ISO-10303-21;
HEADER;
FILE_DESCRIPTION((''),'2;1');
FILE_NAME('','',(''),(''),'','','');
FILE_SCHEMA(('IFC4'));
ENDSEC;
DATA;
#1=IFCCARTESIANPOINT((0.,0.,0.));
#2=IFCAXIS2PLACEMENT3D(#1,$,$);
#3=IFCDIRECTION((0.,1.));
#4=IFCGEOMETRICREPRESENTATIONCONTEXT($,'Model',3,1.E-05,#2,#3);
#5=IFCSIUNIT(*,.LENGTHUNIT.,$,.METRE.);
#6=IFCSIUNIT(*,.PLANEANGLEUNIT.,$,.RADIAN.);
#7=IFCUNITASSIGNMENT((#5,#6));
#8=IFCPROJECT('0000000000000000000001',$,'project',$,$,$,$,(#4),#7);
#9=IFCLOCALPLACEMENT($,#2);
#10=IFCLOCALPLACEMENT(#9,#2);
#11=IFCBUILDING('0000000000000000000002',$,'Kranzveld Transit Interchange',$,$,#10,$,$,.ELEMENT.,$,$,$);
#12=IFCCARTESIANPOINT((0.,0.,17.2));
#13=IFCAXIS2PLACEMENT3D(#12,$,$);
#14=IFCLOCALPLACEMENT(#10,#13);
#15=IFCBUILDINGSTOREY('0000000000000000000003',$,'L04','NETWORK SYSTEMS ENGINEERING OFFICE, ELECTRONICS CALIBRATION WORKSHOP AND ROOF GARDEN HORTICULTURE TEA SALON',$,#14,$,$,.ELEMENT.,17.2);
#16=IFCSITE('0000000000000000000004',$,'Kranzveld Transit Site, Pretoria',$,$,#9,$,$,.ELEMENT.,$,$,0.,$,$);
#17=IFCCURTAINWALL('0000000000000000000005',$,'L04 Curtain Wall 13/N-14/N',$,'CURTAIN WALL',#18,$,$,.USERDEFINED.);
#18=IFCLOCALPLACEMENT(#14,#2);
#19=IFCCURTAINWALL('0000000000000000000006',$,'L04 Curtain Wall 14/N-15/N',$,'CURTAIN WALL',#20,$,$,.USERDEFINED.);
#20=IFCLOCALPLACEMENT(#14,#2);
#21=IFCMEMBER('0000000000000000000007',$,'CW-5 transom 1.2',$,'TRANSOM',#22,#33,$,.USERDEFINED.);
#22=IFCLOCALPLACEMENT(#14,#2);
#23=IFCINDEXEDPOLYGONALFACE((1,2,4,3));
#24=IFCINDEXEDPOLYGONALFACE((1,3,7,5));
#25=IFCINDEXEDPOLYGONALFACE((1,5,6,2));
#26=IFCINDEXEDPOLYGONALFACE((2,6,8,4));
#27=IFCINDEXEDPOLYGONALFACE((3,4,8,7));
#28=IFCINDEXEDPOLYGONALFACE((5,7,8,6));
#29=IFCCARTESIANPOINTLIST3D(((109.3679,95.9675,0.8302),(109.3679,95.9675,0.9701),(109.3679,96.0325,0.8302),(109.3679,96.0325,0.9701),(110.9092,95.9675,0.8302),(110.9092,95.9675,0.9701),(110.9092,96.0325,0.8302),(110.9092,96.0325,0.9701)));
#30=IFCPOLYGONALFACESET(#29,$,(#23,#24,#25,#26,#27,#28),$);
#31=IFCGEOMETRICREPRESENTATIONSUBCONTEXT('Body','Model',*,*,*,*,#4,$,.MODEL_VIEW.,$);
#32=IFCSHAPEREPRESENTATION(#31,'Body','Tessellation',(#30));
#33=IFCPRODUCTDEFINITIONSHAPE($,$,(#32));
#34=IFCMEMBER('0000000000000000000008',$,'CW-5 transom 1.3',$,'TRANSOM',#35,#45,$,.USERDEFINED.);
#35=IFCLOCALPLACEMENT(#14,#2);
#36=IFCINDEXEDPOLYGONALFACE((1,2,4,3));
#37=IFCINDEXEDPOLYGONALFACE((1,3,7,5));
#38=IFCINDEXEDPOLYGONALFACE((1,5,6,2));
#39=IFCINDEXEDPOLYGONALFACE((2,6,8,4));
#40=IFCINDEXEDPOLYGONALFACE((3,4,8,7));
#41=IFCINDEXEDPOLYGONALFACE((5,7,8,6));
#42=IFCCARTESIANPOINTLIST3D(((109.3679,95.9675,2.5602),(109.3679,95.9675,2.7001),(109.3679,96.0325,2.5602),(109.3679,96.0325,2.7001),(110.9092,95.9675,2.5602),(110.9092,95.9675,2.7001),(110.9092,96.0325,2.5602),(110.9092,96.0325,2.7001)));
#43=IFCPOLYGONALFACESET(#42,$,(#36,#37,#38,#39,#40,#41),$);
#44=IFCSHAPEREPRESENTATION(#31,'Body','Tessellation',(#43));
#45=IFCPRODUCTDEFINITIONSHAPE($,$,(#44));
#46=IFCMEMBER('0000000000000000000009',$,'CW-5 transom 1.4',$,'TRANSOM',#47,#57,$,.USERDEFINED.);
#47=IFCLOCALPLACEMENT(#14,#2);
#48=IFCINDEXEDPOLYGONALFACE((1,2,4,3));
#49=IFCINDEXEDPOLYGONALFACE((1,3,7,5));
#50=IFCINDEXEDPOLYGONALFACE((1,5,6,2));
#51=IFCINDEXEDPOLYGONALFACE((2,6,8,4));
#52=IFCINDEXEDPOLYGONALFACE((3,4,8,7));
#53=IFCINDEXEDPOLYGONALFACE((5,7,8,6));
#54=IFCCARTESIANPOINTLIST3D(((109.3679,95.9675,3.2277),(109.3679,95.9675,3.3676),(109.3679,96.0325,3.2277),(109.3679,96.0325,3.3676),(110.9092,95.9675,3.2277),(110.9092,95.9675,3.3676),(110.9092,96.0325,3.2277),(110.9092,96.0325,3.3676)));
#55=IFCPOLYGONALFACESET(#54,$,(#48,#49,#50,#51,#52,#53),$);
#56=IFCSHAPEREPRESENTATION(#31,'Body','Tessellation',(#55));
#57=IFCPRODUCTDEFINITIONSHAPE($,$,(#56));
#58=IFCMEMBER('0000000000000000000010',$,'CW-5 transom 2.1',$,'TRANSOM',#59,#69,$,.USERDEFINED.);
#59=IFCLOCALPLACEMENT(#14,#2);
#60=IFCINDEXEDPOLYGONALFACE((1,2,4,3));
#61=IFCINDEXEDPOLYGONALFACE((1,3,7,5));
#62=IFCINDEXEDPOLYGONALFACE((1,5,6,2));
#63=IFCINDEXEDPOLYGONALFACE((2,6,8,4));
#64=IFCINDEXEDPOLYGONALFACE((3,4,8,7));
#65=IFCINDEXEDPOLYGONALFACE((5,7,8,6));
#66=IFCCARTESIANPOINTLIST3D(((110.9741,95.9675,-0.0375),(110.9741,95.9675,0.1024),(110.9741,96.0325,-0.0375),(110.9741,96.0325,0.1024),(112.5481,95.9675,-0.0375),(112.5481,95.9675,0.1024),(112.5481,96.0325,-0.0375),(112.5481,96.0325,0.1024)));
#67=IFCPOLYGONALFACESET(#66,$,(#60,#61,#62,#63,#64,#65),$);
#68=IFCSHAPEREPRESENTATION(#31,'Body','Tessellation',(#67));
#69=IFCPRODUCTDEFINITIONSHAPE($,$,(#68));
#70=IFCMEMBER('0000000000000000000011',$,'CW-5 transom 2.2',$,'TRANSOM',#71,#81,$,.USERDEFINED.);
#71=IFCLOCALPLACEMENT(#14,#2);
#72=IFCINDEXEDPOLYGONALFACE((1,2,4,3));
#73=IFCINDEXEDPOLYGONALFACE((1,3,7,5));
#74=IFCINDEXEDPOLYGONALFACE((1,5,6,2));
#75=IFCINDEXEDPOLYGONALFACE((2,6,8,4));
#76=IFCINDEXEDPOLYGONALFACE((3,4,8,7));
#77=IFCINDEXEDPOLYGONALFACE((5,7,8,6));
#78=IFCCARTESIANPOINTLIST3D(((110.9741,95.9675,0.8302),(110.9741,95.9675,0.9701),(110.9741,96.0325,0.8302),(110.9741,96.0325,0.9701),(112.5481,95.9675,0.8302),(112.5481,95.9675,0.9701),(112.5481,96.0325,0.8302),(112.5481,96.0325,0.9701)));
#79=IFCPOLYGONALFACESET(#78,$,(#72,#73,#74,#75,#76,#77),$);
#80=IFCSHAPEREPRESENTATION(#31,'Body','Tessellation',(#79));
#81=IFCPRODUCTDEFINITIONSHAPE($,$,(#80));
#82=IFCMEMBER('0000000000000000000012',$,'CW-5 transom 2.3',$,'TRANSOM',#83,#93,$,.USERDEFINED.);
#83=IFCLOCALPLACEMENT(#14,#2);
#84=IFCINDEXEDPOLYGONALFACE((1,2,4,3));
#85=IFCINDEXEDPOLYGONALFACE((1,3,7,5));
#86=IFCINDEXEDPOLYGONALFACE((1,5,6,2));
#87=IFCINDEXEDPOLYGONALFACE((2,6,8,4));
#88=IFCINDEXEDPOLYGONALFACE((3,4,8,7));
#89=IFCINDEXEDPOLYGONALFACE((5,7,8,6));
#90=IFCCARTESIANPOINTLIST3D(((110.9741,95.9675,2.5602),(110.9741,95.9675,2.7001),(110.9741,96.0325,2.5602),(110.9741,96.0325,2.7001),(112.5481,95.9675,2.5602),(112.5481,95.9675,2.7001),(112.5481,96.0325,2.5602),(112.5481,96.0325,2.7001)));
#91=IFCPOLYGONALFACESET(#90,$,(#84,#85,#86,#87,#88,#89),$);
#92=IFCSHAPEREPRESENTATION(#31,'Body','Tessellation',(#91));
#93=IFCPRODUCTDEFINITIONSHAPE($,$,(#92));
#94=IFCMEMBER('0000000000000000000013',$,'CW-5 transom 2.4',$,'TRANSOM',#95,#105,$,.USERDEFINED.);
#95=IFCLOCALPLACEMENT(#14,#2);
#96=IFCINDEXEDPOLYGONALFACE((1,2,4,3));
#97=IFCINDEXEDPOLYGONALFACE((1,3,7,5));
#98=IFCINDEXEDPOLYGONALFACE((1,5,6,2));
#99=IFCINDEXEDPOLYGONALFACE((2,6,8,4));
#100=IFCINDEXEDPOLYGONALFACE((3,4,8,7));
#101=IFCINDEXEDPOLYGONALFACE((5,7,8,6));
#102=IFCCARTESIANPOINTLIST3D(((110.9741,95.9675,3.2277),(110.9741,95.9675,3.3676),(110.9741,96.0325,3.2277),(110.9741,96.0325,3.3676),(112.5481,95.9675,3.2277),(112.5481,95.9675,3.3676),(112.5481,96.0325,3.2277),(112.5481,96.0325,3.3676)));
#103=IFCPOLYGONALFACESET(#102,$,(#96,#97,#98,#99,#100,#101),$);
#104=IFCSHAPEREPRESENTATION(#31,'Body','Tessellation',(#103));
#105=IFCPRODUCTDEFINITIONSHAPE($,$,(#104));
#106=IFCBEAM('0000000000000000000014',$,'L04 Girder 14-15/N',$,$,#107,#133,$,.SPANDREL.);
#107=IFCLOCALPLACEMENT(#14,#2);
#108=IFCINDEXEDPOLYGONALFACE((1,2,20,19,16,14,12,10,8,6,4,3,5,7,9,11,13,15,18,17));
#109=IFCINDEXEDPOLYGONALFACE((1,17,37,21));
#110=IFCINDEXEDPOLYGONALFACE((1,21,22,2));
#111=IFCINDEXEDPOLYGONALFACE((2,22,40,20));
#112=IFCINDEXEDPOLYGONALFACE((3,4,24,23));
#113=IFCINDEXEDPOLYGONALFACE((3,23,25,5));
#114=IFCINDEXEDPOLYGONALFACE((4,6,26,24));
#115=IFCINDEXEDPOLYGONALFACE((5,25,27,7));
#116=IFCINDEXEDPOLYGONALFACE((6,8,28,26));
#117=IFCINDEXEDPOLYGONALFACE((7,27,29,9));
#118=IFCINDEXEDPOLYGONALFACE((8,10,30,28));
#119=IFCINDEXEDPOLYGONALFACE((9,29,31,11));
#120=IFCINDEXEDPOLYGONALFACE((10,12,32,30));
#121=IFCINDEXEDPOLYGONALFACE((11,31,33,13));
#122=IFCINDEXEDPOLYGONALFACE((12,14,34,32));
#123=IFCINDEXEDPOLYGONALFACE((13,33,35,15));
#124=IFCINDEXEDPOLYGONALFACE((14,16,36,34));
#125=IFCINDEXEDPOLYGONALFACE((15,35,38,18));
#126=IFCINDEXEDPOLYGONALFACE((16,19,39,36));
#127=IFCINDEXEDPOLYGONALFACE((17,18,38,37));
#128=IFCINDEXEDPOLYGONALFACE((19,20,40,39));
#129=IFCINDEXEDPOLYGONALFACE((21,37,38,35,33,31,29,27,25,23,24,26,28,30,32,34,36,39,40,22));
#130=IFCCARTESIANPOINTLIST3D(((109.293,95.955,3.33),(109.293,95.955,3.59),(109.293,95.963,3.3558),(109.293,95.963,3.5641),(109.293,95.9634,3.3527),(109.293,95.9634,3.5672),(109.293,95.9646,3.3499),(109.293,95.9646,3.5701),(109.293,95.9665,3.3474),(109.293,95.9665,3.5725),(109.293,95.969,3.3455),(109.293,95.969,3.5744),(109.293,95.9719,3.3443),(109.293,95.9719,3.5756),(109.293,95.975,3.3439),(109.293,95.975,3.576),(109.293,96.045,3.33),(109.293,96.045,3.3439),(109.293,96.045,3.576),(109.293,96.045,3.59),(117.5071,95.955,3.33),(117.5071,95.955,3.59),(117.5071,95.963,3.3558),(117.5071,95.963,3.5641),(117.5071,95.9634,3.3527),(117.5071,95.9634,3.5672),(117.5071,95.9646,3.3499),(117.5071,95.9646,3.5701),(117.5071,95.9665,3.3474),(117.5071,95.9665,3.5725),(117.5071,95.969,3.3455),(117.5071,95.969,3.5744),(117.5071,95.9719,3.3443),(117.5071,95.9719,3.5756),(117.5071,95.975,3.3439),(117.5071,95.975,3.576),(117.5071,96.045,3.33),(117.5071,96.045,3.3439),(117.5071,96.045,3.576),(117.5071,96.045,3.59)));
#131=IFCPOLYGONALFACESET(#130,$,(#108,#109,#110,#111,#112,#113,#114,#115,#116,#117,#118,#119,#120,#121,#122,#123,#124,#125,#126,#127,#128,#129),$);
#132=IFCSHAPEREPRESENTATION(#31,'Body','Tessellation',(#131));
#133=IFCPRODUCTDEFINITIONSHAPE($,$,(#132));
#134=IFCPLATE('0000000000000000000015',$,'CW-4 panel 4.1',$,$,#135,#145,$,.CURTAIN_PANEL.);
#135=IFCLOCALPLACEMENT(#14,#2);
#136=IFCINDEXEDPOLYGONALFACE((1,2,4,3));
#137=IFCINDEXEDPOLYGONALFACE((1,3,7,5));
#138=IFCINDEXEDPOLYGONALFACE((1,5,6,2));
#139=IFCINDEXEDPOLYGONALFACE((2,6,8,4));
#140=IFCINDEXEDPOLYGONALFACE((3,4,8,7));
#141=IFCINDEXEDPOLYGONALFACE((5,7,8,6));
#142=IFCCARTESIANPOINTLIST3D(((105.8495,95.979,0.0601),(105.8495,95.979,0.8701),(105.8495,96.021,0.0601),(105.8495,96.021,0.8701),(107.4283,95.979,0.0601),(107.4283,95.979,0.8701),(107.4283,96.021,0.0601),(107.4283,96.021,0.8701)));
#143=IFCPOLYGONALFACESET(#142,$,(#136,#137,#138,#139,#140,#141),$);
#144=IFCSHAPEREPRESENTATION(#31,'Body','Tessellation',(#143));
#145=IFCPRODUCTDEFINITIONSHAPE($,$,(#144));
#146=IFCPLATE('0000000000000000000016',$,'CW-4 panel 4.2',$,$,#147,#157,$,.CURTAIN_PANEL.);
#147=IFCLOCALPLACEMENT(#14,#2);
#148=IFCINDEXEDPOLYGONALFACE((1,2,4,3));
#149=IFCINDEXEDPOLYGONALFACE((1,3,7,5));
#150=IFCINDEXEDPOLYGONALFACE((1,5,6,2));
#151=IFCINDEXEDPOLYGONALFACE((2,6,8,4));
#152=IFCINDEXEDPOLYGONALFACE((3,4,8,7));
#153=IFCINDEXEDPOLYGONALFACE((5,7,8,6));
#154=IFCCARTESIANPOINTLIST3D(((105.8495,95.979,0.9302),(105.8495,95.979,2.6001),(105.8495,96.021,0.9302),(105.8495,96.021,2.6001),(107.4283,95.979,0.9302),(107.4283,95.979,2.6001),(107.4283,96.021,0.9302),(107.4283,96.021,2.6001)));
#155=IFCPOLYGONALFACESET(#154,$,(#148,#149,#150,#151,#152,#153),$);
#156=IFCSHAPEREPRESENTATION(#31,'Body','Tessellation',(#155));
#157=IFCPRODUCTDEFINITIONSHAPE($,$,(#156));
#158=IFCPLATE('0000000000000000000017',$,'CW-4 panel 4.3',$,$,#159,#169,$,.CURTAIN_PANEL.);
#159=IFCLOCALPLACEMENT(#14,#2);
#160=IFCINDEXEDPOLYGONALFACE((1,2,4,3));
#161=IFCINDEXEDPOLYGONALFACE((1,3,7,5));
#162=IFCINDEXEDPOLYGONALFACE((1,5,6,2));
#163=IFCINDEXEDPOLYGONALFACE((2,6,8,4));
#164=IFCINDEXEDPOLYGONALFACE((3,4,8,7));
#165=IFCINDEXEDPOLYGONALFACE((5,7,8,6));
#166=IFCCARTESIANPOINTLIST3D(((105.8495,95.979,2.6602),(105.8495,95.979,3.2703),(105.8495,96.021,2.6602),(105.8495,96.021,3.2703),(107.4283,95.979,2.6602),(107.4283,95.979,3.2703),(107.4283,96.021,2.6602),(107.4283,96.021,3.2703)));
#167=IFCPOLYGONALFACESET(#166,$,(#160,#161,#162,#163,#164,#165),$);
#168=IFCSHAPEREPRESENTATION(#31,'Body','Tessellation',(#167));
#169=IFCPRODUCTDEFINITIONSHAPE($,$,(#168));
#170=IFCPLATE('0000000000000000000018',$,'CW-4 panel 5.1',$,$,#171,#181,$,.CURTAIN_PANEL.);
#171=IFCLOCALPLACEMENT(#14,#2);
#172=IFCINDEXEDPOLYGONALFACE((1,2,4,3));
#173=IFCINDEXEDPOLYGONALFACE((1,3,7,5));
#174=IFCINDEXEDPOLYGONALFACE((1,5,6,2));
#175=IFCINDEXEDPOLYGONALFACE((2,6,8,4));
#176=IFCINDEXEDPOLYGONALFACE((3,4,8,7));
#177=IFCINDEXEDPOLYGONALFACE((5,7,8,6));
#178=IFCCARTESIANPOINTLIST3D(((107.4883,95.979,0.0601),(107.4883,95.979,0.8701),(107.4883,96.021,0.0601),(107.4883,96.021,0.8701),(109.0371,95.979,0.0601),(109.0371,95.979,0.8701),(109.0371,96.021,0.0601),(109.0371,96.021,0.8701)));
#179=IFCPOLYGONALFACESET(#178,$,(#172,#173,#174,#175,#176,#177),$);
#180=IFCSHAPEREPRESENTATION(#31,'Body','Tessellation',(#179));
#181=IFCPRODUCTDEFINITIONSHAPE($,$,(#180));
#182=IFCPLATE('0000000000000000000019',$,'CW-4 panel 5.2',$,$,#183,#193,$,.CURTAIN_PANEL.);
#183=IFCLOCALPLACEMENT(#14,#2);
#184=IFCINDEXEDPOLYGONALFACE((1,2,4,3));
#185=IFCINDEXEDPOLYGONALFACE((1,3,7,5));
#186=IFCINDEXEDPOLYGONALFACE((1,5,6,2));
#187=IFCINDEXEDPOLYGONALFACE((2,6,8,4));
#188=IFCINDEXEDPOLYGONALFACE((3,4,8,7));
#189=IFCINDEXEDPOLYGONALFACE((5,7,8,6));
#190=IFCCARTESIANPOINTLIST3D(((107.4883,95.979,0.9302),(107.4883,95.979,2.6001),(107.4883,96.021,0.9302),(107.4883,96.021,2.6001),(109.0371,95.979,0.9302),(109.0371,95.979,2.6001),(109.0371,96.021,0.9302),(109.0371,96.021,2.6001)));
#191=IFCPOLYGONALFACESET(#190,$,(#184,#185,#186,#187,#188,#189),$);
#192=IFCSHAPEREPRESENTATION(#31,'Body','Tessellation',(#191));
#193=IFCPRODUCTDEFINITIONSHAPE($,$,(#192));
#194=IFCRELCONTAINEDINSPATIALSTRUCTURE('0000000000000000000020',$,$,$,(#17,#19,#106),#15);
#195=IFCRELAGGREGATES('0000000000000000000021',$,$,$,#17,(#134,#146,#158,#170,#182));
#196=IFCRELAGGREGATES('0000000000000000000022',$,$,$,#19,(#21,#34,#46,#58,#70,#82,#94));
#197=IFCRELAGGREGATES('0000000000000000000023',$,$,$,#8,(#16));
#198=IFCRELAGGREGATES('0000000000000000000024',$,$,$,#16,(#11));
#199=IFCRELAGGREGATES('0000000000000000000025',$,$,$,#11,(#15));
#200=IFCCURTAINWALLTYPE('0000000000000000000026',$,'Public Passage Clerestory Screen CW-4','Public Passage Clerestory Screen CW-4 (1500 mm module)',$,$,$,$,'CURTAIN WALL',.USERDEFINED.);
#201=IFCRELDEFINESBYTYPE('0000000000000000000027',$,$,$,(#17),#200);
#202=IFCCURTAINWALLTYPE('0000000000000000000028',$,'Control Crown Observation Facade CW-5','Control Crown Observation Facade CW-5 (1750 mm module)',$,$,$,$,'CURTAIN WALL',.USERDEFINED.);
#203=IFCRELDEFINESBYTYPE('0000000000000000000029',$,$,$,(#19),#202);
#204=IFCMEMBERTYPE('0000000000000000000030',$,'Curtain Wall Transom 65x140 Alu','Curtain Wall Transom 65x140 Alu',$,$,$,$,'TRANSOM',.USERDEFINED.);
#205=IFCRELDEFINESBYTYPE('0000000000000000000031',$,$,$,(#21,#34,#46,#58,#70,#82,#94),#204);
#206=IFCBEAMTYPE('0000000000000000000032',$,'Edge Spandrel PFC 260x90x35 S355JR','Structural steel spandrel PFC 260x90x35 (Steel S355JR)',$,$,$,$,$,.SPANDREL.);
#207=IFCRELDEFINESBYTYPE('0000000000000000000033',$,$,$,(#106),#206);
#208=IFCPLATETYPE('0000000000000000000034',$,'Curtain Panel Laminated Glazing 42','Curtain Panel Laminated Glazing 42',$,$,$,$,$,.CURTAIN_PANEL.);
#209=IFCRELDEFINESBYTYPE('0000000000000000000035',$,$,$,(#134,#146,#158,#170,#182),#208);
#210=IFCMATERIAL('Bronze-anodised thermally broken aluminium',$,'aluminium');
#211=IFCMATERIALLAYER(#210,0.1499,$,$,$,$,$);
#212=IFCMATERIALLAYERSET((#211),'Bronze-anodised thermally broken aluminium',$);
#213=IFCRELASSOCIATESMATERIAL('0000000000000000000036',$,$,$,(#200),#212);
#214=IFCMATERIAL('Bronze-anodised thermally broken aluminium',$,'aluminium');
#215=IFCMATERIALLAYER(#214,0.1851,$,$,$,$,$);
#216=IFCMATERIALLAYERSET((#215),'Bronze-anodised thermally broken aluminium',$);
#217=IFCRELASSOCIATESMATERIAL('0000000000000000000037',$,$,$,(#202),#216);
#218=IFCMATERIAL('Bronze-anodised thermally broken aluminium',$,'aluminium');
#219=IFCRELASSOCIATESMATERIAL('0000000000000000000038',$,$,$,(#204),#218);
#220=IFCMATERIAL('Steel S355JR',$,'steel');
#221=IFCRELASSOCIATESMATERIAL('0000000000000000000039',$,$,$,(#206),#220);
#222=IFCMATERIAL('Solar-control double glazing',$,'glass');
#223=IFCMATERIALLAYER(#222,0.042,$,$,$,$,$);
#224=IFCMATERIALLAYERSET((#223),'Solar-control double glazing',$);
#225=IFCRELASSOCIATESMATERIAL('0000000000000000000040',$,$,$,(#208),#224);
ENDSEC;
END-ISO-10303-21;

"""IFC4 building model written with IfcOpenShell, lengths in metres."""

from ifc_helpers import new_model, si_unit, direction, frame, origin, origin_2d, place, context, subcontext, project, spatial, rectangle, u_section, extrude, material, layer, layer_set, material_profile, profile_set, type_object, element, aggregate, save


model = new_model("IFC4")

# Units and contexts
model_context = context("Model", 3, precision=1e-05, world=origin(), true_north=direction((0.0, 1.0)))
body_context = subcontext(model_context, "Body", "Model", "MODEL_VIEW")
ifc_project = project(units=[si_unit("LENGTHUNIT", "METRE"), si_unit("PLANEANGLEUNIT", "RADIAN")], contexts=[model_context])

# Site, building, storey
site_placement = place(None, origin())
site = spatial("IfcSite", under=ifc_project, at=site_placement, Name="Kranzveld Transit Site, Pretoria", CompositionType="ELEMENT", RefElevation=0.0)
building_placement = place(site_placement, origin())
building = spatial("IfcBuilding", under=site, at=building_placement, Name="Kranzveld Transit Interchange", CompositionType="ELEMENT")
storey_placement = place(building_placement, frame((0.0, 0.0, 17.2)))
storey = spatial("IfcBuildingStorey", under=building, at=storey_placement, Name="L04", Description="NETWORK SYSTEMS ENGINEERING OFFICE, ELECTRONICS CALIBRATION WORKSHOP AND ROOF GARDEN HORTICULTURE TEA SALON", CompositionType="ELEMENT", Elevation=17.2)

# Curtain walls
ifc_material_1 = material(Name="Bronze-anodised thermally broken aluminium", Category="aluminium")
ifc_layer_1 = layer(ifc_material_1, 0.1499)
ifc_layer_set_1 = layer_set([ifc_layer_1], Name="Bronze-anodised thermally broken aluminium")
curtain_wall_type_1 = type_object("IfcCurtainWallType", Name="Public Passage Clerestory Screen CW-4", Description="Public Passage Clerestory Screen CW-4 (1500 mm module)", ElementType="CURTAIN WALL", PredefinedType="USERDEFINED", material=ifc_layer_set_1)
curtain_wall_1_placement = place(storey_placement, origin())
curtain_wall_1 = element("IfcCurtainWall", 1, at=curtain_wall_1_placement, inside=storey, type_object=curtain_wall_type_1, Name="L04 Curtain Wall 13/N-14/N", ObjectType="CURTAIN WALL", PredefinedType="USERDEFINED")
ifc_material_2 = material(Name="Bronze-anodised thermally broken aluminium", Category="aluminium")
ifc_layer_2 = layer(ifc_material_2, 0.1851)
ifc_layer_set_2 = layer_set([ifc_layer_2], Name="Bronze-anodised thermally broken aluminium")
curtain_wall_type_2 = type_object("IfcCurtainWallType", Name="Control Crown Observation Facade CW-5", Description="Control Crown Observation Facade CW-5 (1750 mm module)", ElementType="CURTAIN WALL", PredefinedType="USERDEFINED", material=ifc_layer_set_2)
curtain_wall_2_placement = place(storey_placement, origin())
curtain_wall_2 = element("IfcCurtainWall", 2, at=curtain_wall_2_placement, inside=storey, type_object=curtain_wall_type_2, Name="L04 Curtain Wall 14/N-15/N", ObjectType="CURTAIN WALL", PredefinedType="USERDEFINED")

# Members
ifc_material_3 = material(Name="Bronze-anodised thermally broken aluminium", Category="aluminium")
ifc_material_profile_1 = material_profile(ifc_material_3, rectangle(XDim=0.0649, YDim=0.1399, at=origin_2d()), Name="ALU TRANSOM 65x140")
ifc_profile_set_1 = profile_set([ifc_material_profile_1], Name="Bronze-anodised thermally broken aluminium")
member_type_1 = type_object("IfcMemberType", Name="Curtain Wall Transom 65x140 Alu", Description="Curtain Wall Transom 65x140 Alu", ElementType="TRANSOM", PredefinedType="USERDEFINED", material=ifc_profile_set_1)
member_1_placement = place(storey_placement, frame((109.3679, 96.0, 0.9001), z_axis=(1.0, 0.0, 0.0), x_axis=(0.0, 1.0, 0.0)))
member_1 = element("IfcMember", 3, at=member_1_placement, type_object=member_type_1, Name="CW-5 transom 1.2", ObjectType="TRANSOM", PredefinedType="USERDEFINED", context=body_context, shape_type="SweptSolid", body=[
    extrude(rectangle(XDim=0.0649, YDim=0.1399, at=origin_2d()), origin(), (0.0, 0.0, 1.0), 1.5413),
])
member_2_placement = place(storey_placement, frame((109.3679, 96.0, 2.6301), z_axis=(1.0, 0.0, 0.0), x_axis=(0.0, 1.0, 0.0)))
member_2 = element("IfcMember", 4, at=member_2_placement, type_object=member_type_1, Name="CW-5 transom 1.3", ObjectType="TRANSOM", PredefinedType="USERDEFINED", context=body_context, shape_type="SweptSolid", body=[
    extrude(rectangle(XDim=0.0649, YDim=0.1399, at=origin_2d()), origin(), (0.0, 0.0, 1.0), 1.5413),
])
member_3_placement = place(storey_placement, frame((109.3679, 96.0, 3.2976), z_axis=(1.0, 0.0, 0.0), x_axis=(0.0, 1.0, 0.0)))
member_3 = element("IfcMember", 5, at=member_3_placement, type_object=member_type_1, Name="CW-5 transom 1.4", ObjectType="TRANSOM", PredefinedType="USERDEFINED", context=body_context, shape_type="SweptSolid", body=[
    extrude(rectangle(XDim=0.0649, YDim=0.1399, at=origin_2d()), origin(), (0.0, 0.0, 1.0), 1.5413),
])
member_4_placement = place(storey_placement, frame((110.9741, 96.0, 0.0325), z_axis=(1.0, 0.0, 0.0), x_axis=(0.0, 1.0, 0.0)))
member_4 = element("IfcMember", 6, at=member_4_placement, type_object=member_type_1, Name="CW-5 transom 2.1", ObjectType="TRANSOM", PredefinedType="USERDEFINED", context=body_context, shape_type="SweptSolid", body=[
    extrude(rectangle(XDim=0.0649, YDim=0.1399, at=origin_2d()), origin(), (0.0, 0.0, 1.0), 1.574),
])
member_5_placement = place(storey_placement, frame((110.9741, 96.0, 0.9001), z_axis=(1.0, 0.0, 0.0), x_axis=(0.0, 1.0, 0.0)))
member_5 = element("IfcMember", 7, at=member_5_placement, type_object=member_type_1, Name="CW-5 transom 2.2", ObjectType="TRANSOM", PredefinedType="USERDEFINED", context=body_context, shape_type="SweptSolid", body=[
    extrude(rectangle(XDim=0.0649, YDim=0.1399, at=origin_2d()), origin(), (0.0, 0.0, 1.0), 1.574),
])
member_6_placement = place(storey_placement, frame((110.9741, 96.0, 2.6301), z_axis=(1.0, 0.0, 0.0), x_axis=(0.0, 1.0, 0.0)))
member_6 = element("IfcMember", 8, at=member_6_placement, type_object=member_type_1, Name="CW-5 transom 2.3", ObjectType="TRANSOM", PredefinedType="USERDEFINED", context=body_context, shape_type="SweptSolid", body=[
    extrude(rectangle(XDim=0.0649, YDim=0.1399, at=origin_2d()), origin(), (0.0, 0.0, 1.0), 1.574),
])
member_7_placement = place(storey_placement, frame((110.9741, 96.0, 3.2976), z_axis=(1.0, 0.0, 0.0), x_axis=(0.0, 1.0, 0.0)))
member_7 = element("IfcMember", 9, at=member_7_placement, type_object=member_type_1, Name="CW-5 transom 2.4", ObjectType="TRANSOM", PredefinedType="USERDEFINED", context=body_context, shape_type="SweptSolid", body=[
    extrude(rectangle(XDim=0.0649, YDim=0.1399, at=origin_2d()), origin(), (0.0, 0.0, 1.0), 1.574),
])

# Beam
ifc_material_4 = material(Name="Steel S355JR", Category="steel")
ifc_material_profile_2 = material_profile(ifc_material_4, u_section(Depth=0.26, FlangeWidth=0.0901, WebThickness=0.0081, FlangeThickness=0.0139, FilletRadius=0.012, at=origin_2d()), Name="PFC 260x90x35")
ifc_profile_set_2 = profile_set([ifc_material_profile_2], Name="Steel S355JR")
beam_type = type_object("IfcBeamType", Name="Edge Spandrel PFC 260x90x35 S355JR", Description="Structural steel spandrel PFC 260x90x35 (Steel S355JR)", PredefinedType="SPANDREL", material=ifc_profile_set_2)
beam_placement = place(storey_placement, frame((109.293, 96.0, 3.46), z_axis=(1.0, 0.0, 0.0), x_axis=(0.0, 1.0, 0.0)))
element("IfcBeam", 10, at=beam_placement, inside=storey, type_object=beam_type, Name="L04 Girder 14-15/N", PredefinedType="SPANDREL", context=body_context, shape_type="SweptSolid", body=[
    extrude(u_section(Depth=0.26, FlangeWidth=0.0901, WebThickness=0.0081, FlangeThickness=0.0139, FilletRadius=0.012, at=origin_2d()), origin(), (0.0, 0.0, 1.0), 8.2141),
])

# Plates
ifc_material_5 = material(Name="Solar-control double glazing", Category="glass")
ifc_layer_3 = layer(ifc_material_5, 0.042)
ifc_layer_set_3 = layer_set([ifc_layer_3], Name="Solar-control double glazing")
plate_type_1 = type_object("IfcPlateType", Name="Curtain Panel Laminated Glazing 42", Description="Curtain Panel Laminated Glazing 42", PredefinedType="CURTAIN_PANEL", material=ifc_layer_set_3)
plate_1_placement = place(storey_placement, frame((106.6389, 96.0, 0.0601), z_axis=(0.0, 0.0, 1.0), x_axis=(1.0, 0.0, 0.0)))
plate_1 = element("IfcPlate", 11, at=plate_1_placement, type_object=plate_type_1, Name="CW-4 panel 4.1", PredefinedType="CURTAIN_PANEL", context=body_context, shape_type="SweptSolid", body=[
    extrude(rectangle(XDim=1.5789, YDim=0.042, at=origin_2d()), origin(), (0.0, 0.0, 1.0), 0.8101),
])
plate_2_placement = place(storey_placement, frame((106.6389, 96.0, 0.9302), z_axis=(0.0, 0.0, 1.0), x_axis=(1.0, 0.0, 0.0)))
plate_2 = element("IfcPlate", 12, at=plate_2_placement, type_object=plate_type_1, Name="CW-4 panel 4.2", PredefinedType="CURTAIN_PANEL", context=body_context, shape_type="SweptSolid", body=[
    extrude(rectangle(XDim=1.5789, YDim=0.042, at=origin_2d()), origin(), (0.0, 0.0, 1.0), 1.6699),
])
plate_3_placement = place(storey_placement, frame((106.6389, 96.0, 2.6602), z_axis=(0.0, 0.0, 1.0), x_axis=(1.0, 0.0, 0.0)))
plate_3 = element("IfcPlate", 13, at=plate_3_placement, type_object=plate_type_1, Name="CW-4 panel 4.3", PredefinedType="CURTAIN_PANEL", context=body_context, shape_type="SweptSolid", body=[
    extrude(rectangle(XDim=1.5789, YDim=0.042, at=origin_2d()), origin(), (0.0, 0.0, 1.0), 0.6101),
])
plate_4_placement = place(storey_placement, frame((108.2627, 96.0, 0.0601), z_axis=(0.0, 0.0, 1.0), x_axis=(1.0, 0.0, 0.0)))
plate_4 = element("IfcPlate", 14, at=plate_4_placement, type_object=plate_type_1, Name="CW-4 panel 5.1", PredefinedType="CURTAIN_PANEL", context=body_context, shape_type="SweptSolid", body=[
    extrude(rectangle(XDim=1.5488, YDim=0.042, at=origin_2d()), origin(), (0.0, 0.0, 1.0), 0.8101),
])
plate_5_placement = place(storey_placement, frame((108.2627, 96.0, 0.9302), z_axis=(0.0, 0.0, 1.0), x_axis=(1.0, 0.0, 0.0)))
plate_5 = element("IfcPlate", 15, at=plate_5_placement, type_object=plate_type_1, Name="CW-4 panel 5.2", PredefinedType="CURTAIN_PANEL", context=body_context, shape_type="SweptSolid", body=[
    extrude(rectangle(XDim=1.5488, YDim=0.042, at=origin_2d()), origin(), (0.0, 0.0, 1.0), 1.6699),
])
aggregate(curtain_wall_1, [plate_1, plate_2, plate_3, plate_4, plate_5])
aggregate(curtain_wall_2, [member_1, member_2, member_3, member_4, member_5, member_6, member_7])

save(model, "model.ifc")
